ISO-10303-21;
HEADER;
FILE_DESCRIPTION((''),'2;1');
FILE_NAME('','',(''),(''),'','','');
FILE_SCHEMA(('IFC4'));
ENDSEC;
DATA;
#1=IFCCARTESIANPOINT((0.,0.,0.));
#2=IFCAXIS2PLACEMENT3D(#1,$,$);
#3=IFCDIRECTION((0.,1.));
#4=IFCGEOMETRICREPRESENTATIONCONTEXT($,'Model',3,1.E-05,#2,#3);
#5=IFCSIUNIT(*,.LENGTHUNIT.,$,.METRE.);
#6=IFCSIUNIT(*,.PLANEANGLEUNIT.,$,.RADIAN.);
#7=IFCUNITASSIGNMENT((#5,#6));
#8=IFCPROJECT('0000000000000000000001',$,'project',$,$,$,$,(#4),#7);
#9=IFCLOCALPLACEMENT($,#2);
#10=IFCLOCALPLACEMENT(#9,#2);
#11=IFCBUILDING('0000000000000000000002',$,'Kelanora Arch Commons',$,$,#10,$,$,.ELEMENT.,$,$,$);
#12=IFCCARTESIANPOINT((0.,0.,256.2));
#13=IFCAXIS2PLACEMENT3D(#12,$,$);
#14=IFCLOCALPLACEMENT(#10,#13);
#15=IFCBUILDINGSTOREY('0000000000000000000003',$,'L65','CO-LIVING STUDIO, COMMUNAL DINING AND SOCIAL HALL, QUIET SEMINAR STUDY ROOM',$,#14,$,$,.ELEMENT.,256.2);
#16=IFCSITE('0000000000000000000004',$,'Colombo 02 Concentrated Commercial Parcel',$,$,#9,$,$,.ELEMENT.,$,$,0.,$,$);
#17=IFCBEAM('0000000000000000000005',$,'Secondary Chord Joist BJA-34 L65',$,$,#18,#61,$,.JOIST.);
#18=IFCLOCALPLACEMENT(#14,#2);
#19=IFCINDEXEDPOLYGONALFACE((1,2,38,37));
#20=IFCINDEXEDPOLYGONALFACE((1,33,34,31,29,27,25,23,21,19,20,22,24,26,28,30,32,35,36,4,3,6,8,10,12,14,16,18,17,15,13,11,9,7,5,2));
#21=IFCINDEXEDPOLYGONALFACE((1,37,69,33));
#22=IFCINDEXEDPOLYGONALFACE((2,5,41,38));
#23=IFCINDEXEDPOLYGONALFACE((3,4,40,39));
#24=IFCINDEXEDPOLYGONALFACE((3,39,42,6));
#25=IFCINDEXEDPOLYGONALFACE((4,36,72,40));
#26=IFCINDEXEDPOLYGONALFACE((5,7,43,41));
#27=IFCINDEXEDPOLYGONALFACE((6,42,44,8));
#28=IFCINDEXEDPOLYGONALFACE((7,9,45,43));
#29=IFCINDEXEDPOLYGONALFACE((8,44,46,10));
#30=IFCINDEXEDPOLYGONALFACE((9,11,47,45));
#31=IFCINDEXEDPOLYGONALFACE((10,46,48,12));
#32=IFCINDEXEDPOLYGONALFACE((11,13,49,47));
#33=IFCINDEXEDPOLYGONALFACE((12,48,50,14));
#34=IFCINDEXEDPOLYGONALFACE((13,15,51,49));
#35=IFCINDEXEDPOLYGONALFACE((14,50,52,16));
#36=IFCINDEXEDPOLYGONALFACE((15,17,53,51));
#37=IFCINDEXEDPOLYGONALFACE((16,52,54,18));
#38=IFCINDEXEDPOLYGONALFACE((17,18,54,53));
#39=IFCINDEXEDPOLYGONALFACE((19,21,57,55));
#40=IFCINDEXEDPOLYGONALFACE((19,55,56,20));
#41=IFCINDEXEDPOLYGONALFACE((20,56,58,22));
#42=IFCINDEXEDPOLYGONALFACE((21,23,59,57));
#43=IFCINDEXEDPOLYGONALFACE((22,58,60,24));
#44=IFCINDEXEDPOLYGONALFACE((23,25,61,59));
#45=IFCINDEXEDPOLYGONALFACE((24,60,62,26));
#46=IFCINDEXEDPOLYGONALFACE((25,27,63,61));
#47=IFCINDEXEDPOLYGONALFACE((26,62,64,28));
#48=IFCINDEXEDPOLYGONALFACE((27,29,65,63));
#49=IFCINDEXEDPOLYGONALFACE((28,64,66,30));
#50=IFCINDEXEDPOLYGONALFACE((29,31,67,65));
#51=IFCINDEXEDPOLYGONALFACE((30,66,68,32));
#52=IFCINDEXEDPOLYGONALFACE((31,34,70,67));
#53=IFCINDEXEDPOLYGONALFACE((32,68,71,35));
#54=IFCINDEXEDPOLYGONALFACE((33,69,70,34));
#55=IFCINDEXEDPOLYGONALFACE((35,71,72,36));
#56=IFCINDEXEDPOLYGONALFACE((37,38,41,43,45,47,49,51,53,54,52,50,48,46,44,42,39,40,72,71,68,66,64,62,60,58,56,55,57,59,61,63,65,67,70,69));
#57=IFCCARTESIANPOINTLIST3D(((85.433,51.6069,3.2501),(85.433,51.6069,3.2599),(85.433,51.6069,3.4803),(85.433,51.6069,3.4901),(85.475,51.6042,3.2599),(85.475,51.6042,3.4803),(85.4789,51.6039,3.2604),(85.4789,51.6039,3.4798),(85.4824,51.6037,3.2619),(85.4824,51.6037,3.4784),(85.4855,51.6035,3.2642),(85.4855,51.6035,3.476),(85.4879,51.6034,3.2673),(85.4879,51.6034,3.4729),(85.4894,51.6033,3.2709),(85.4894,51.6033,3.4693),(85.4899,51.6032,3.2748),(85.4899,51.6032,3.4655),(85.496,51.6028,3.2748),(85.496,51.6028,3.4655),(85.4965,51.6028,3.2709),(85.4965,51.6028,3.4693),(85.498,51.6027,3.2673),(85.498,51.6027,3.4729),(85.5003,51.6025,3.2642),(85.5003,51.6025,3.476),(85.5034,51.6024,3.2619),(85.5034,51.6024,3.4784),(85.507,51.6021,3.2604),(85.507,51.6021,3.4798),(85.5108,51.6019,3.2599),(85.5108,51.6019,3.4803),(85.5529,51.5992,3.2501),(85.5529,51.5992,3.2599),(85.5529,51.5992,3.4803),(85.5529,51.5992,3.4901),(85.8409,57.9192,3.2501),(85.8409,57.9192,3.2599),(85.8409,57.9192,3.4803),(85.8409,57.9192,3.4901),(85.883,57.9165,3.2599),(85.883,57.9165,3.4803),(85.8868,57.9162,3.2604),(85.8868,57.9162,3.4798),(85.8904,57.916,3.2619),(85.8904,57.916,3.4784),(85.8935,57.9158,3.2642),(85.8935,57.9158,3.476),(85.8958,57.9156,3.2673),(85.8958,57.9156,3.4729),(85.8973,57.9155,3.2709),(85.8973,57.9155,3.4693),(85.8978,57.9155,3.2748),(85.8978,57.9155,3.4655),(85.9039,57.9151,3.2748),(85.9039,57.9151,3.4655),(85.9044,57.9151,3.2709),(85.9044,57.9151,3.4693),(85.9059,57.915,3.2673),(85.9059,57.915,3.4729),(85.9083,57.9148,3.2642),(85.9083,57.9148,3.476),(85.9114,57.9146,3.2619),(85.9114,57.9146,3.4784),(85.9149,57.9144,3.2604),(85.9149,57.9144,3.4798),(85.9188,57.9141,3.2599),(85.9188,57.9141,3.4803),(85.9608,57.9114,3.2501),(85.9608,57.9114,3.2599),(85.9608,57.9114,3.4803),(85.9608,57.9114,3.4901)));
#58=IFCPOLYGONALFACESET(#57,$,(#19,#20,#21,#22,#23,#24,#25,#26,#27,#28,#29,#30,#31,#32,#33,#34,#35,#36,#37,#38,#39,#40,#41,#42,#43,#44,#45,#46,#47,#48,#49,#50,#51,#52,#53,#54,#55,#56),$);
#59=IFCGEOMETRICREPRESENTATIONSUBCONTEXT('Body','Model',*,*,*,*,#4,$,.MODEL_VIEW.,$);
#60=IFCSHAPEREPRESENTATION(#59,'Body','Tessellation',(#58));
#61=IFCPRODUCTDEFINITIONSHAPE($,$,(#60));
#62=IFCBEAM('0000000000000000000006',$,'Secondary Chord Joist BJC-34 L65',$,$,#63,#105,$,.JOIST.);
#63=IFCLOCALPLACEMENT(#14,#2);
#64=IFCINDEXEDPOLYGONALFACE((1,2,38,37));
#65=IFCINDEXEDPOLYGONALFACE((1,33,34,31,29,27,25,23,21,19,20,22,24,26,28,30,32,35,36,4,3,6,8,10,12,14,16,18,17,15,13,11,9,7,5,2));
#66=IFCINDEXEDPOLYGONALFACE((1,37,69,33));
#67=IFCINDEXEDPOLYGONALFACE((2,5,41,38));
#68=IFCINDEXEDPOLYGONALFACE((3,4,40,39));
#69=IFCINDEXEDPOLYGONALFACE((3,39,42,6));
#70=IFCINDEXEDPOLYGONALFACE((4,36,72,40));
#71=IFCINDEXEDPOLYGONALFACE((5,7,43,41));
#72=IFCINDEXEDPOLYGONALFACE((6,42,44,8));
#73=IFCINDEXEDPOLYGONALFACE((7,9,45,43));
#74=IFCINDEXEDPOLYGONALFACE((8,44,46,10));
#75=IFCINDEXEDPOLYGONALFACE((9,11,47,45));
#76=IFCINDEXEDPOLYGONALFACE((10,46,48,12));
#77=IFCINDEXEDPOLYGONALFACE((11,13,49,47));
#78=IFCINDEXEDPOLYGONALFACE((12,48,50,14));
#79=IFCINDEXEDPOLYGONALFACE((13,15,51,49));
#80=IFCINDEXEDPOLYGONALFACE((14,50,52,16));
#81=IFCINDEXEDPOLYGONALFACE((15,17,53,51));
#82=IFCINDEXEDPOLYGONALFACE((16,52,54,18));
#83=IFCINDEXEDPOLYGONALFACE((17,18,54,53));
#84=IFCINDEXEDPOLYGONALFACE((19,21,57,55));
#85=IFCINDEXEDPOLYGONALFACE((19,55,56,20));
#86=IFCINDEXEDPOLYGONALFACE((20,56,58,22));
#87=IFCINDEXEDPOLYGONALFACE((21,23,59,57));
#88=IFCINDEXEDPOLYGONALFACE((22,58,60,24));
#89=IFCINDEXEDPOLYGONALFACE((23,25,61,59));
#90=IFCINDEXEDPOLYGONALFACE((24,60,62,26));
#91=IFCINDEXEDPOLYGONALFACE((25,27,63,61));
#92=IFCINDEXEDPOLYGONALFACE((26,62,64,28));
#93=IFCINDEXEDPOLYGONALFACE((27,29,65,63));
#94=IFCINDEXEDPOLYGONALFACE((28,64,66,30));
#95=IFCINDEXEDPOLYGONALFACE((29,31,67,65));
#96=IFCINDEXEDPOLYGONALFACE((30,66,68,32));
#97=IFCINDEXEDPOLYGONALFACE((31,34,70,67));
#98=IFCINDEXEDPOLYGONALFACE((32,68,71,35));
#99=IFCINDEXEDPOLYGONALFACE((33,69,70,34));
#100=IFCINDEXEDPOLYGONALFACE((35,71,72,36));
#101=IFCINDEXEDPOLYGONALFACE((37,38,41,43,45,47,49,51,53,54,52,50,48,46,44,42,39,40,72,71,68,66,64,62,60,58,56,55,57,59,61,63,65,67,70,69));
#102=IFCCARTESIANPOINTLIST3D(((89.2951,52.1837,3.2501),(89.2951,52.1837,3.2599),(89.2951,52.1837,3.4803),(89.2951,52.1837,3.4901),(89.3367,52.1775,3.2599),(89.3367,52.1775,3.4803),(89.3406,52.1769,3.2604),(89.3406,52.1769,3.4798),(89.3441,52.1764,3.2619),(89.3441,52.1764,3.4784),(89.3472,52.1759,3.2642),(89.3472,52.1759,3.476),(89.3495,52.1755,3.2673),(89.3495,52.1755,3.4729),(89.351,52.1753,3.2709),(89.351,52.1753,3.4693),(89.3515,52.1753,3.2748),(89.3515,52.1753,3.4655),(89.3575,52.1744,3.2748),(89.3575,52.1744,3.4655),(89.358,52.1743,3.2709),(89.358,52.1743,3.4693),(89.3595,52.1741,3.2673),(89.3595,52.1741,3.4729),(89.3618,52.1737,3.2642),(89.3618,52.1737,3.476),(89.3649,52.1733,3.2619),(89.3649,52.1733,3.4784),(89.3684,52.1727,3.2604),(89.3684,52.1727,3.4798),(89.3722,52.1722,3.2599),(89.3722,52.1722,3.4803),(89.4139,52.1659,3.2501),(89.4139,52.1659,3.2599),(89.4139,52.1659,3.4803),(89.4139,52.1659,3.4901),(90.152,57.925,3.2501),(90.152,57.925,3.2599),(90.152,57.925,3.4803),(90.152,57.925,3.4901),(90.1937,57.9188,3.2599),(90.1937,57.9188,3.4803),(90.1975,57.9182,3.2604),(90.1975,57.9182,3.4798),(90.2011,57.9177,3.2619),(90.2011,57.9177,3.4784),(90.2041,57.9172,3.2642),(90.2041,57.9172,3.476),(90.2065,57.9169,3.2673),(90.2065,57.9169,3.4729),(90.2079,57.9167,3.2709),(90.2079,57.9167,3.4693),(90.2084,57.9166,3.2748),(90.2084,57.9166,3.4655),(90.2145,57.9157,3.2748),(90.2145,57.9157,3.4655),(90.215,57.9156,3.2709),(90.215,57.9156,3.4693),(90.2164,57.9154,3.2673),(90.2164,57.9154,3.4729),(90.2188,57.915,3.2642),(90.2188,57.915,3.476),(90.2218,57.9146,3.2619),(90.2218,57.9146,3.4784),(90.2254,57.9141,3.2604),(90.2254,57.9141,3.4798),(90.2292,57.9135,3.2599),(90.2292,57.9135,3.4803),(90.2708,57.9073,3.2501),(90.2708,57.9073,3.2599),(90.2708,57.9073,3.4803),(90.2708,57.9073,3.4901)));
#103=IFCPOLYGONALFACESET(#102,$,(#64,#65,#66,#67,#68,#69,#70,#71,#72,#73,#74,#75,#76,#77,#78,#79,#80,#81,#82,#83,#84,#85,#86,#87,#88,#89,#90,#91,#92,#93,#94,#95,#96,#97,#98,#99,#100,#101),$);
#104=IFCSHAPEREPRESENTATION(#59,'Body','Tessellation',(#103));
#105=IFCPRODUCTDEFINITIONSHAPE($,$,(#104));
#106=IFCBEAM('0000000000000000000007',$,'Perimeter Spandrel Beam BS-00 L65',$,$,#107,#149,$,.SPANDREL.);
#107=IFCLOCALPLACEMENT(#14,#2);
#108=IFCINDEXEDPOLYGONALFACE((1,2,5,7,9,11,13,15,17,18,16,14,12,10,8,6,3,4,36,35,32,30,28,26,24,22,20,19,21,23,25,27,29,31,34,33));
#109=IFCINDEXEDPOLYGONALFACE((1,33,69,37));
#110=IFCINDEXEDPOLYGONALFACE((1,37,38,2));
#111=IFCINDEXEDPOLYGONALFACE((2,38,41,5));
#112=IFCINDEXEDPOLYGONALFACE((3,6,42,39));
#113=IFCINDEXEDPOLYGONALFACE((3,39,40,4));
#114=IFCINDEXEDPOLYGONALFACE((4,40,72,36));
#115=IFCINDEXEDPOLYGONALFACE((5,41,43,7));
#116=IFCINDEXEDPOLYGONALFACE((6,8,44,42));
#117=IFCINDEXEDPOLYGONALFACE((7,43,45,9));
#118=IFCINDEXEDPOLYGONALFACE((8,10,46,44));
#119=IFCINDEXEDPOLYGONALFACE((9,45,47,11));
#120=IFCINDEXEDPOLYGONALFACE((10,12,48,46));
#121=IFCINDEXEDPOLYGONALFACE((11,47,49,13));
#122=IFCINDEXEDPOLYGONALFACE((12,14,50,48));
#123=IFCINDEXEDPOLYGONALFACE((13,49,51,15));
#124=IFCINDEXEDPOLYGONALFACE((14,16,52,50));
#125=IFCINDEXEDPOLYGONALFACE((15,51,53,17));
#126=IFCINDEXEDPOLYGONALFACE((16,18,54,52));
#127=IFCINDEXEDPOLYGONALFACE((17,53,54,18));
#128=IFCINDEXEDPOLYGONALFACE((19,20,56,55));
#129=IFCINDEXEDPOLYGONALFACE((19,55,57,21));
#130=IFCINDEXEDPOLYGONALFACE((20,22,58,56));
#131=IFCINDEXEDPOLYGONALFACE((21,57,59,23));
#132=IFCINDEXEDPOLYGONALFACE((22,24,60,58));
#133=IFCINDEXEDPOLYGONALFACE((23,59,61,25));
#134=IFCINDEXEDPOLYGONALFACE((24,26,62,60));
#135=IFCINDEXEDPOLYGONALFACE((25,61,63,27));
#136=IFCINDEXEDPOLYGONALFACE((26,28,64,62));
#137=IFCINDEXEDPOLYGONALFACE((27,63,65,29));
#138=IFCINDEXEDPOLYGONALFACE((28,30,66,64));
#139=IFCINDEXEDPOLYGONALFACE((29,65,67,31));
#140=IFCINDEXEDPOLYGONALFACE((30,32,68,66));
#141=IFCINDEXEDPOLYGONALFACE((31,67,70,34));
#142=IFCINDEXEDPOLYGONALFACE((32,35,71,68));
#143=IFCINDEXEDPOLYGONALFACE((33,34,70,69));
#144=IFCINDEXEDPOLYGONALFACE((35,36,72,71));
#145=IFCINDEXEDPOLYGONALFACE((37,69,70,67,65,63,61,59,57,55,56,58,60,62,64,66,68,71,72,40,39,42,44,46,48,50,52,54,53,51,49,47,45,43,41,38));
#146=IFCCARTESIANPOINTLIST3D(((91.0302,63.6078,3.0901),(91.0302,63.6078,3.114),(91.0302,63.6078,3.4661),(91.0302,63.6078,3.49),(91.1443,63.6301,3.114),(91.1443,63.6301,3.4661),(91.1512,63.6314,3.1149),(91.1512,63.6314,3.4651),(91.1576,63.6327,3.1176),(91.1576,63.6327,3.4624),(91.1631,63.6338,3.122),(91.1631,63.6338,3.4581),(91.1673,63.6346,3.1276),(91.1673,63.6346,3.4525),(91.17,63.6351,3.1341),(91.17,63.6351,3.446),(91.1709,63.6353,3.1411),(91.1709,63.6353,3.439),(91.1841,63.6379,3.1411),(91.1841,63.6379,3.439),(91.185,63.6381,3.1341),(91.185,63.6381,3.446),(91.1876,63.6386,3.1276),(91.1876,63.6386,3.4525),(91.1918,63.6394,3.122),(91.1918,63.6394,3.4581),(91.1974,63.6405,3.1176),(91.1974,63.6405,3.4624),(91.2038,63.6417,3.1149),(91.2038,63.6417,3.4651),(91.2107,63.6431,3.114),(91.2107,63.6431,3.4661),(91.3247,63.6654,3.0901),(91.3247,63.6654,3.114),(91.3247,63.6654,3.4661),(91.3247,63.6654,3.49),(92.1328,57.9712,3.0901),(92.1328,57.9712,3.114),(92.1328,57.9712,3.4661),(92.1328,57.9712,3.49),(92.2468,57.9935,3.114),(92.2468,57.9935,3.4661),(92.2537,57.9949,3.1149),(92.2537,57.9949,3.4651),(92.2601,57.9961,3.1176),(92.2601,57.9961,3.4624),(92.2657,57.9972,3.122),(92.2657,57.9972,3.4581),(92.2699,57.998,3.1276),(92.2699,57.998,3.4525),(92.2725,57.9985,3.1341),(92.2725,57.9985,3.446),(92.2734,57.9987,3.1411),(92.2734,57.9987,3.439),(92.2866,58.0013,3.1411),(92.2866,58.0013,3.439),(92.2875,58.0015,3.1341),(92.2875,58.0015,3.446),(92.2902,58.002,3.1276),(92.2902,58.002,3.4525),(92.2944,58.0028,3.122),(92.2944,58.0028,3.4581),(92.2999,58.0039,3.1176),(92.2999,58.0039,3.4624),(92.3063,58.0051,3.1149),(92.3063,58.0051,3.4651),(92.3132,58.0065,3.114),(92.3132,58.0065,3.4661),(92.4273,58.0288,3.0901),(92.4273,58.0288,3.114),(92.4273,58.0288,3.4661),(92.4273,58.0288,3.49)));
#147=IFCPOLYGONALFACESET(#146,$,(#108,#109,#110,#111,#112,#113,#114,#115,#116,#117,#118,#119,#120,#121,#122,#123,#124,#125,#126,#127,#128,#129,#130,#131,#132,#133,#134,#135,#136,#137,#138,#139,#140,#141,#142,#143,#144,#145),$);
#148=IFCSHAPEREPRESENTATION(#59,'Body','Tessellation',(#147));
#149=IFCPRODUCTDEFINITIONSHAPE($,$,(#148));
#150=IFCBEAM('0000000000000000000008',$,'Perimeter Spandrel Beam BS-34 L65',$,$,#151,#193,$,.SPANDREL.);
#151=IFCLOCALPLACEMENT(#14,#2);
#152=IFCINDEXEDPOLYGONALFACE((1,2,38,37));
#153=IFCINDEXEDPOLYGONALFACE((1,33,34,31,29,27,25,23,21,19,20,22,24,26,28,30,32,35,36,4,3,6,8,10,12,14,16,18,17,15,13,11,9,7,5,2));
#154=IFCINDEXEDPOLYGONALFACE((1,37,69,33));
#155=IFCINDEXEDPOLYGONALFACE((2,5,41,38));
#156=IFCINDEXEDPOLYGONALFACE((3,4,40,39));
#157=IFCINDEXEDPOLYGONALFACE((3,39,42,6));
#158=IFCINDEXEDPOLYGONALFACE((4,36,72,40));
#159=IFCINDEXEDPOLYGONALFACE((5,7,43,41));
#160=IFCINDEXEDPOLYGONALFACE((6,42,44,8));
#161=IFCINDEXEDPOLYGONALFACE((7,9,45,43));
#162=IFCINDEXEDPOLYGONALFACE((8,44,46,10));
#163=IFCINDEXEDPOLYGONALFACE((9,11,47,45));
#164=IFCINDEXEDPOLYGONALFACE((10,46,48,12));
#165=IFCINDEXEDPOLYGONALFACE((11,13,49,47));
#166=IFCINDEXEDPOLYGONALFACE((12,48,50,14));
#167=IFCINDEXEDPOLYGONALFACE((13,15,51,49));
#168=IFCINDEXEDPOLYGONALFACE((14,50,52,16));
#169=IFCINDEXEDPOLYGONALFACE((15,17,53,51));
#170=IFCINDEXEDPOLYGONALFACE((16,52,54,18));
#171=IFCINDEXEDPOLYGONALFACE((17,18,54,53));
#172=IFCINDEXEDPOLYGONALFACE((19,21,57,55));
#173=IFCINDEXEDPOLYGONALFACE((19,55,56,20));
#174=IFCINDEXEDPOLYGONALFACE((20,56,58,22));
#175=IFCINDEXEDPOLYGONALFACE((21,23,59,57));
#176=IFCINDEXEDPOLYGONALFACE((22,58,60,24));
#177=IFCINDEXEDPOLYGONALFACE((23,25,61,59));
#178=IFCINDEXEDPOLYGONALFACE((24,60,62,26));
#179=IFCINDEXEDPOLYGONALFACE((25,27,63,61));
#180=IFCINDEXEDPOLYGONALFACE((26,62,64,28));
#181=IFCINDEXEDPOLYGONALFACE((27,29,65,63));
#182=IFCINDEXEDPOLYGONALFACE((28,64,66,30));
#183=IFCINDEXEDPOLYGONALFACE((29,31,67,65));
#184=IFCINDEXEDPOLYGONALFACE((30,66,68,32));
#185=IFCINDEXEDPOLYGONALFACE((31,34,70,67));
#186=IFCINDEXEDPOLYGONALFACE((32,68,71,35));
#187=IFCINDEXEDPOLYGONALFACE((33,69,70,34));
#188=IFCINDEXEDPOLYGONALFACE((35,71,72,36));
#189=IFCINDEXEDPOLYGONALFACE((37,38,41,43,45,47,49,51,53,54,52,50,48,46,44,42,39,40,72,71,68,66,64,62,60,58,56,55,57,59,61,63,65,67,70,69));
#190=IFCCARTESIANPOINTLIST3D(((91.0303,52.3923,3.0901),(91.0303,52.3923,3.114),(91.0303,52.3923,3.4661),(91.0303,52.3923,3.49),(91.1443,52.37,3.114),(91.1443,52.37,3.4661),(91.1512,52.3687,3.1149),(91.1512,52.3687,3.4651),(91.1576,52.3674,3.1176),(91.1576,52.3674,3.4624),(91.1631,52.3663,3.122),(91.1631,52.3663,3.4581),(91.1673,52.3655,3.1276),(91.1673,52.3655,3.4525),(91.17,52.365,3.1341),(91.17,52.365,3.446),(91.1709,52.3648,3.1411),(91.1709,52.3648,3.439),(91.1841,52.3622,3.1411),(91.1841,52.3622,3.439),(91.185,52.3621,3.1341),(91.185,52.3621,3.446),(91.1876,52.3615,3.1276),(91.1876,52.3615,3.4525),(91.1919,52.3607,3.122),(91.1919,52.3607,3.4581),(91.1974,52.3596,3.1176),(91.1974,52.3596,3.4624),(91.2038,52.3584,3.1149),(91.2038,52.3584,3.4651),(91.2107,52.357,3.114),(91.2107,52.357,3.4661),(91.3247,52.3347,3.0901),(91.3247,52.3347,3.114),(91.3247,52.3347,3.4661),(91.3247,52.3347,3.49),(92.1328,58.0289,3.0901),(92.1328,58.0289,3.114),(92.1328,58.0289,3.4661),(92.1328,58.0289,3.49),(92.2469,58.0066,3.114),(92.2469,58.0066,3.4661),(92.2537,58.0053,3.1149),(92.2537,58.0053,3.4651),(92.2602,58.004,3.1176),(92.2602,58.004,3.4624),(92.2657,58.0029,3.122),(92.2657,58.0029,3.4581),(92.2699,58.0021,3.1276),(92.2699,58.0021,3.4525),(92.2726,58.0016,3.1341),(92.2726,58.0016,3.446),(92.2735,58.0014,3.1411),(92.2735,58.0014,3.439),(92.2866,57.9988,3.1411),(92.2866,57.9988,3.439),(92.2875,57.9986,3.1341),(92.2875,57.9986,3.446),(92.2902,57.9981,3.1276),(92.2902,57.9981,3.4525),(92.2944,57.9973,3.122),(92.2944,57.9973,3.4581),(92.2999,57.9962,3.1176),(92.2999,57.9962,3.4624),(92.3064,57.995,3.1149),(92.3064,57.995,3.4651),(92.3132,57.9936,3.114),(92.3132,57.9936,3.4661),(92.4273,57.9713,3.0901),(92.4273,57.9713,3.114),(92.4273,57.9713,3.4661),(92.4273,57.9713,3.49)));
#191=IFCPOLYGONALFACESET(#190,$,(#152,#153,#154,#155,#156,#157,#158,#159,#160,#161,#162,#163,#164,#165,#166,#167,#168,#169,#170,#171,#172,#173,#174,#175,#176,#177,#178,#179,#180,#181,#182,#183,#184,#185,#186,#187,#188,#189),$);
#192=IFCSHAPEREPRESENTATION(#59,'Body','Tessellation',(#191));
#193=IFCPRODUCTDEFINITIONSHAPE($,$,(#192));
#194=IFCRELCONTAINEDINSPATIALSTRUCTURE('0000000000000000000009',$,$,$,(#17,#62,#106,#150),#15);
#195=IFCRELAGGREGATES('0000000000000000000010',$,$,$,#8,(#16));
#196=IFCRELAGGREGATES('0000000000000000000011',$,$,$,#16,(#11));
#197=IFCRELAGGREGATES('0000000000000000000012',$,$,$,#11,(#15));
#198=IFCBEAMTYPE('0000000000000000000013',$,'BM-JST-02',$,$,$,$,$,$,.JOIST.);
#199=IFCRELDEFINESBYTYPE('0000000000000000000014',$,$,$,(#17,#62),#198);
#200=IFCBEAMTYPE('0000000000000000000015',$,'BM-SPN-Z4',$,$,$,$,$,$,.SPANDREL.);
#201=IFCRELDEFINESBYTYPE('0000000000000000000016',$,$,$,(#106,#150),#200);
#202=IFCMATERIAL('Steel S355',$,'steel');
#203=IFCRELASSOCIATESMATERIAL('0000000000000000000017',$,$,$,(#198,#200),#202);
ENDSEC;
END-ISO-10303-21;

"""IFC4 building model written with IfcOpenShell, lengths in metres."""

from ifc_helpers import new_model, si_unit, direction, frame, origin, origin_2d, place, context, subcontext, project, spatial, i_section, extrude, material, material_profile, profile_set, type_object, element, save


model = new_model("IFC4")

# Units and contexts
model_context = context("Model", 3, precision=1e-05, world=origin(), true_north=direction((0.0, 1.0)))
body_context = subcontext(model_context, "Body", "Model", "MODEL_VIEW")
ifc_project = project(units=[si_unit("LENGTHUNIT", "METRE"), si_unit("PLANEANGLEUNIT", "RADIAN")], contexts=[model_context])

# Site, building, storey
site_placement = place(None, origin())
site = spatial("IfcSite", under=ifc_project, at=site_placement, Name="Colombo 02 Concentrated Commercial Parcel", CompositionType="ELEMENT", RefElevation=0.0)
building_placement = place(site_placement, origin())
building = spatial("IfcBuilding", under=site, at=building_placement, Name="Kelanora Arch Commons", CompositionType="ELEMENT")
storey_placement = place(building_placement, frame((0.0, 0.0, 256.2)))
storey = spatial("IfcBuildingStorey", under=building, at=storey_placement, Name="L65", Description="CO-LIVING STUDIO, COMMUNAL DINING AND SOCIAL HALL, QUIET SEMINAR STUDY ROOM", CompositionType="ELEMENT", Elevation=256.2)

# Beams
ifc_material_1 = material(Name="Steel S355", Category="steel")
ifc_material_profile_1 = material_profile(ifc_material_1, i_section(OverallWidth=0.1201, OverallDepth=0.24, WebThickness=0.0061, FlangeThickness=0.0098, FilletRadius=0.0149, at=origin_2d()), Name="IPE240")
ifc_profile_set_1 = profile_set([ifc_material_profile_1], Name="Steel S355")
beam_type_1 = type_object("IfcBeamType", Name="BM-JST-02", PredefinedType="JOIST", material=ifc_profile_set_1)
beam_1_placement = place(storey_placement, frame((85.4929, 51.603, 3.3701), z_axis=(0.064495, 0.997918, 0.0), x_axis=(-0.997918, 0.064495, 0.0)))
element("IfcBeam", 1, at=beam_1_placement, inside=storey, type_object=beam_type_1, Name="Secondary Chord Joist BJA-34 L65", PredefinedType="JOIST", context=body_context, shape_type="SweptSolid", body=[
    extrude(i_section(OverallWidth=0.1201, OverallDepth=0.24, WebThickness=0.0061, FlangeThickness=0.0098, FilletRadius=0.0149, at=origin_2d()), origin(), (0.0, 0.0, 1.0), 6.3254),
])
beam_2_placement = place(storey_placement, frame((89.3545, 52.1748, 3.3701), z_axis=(0.147625, 0.989043, 0.0), x_axis=(-0.989043, 0.147625, 0.0)))
element("IfcBeam", 2, at=beam_2_placement, inside=storey, type_object=beam_type_1, Name="Secondary Chord Joist BJC-34 L65", PredefinedType="JOIST", context=body_context, shape_type="SweptSolid", body=[
    extrude(i_section(OverallWidth=0.1201, OverallDepth=0.24, WebThickness=0.0061, FlangeThickness=0.0098, FilletRadius=0.0149, at=origin_2d()), origin(), (0.0, 0.0, 1.0), 5.8049),
])
ifc_material_profile_2 = material_profile(ifc_material_1, i_section(OverallWidth=0.3, OverallDepth=0.3999, WebThickness=0.0134, FlangeThickness=0.0239, FilletRadius=0.0271, at=origin_2d()), Name="HEB400")
ifc_profile_set_2 = profile_set([ifc_material_profile_2], Name="Steel S355")
beam_type_2 = type_object("IfcBeamType", Name="BM-SPN-Z4", PredefinedType="SPANDREL", material=ifc_profile_set_2)
for number, where, z_axis, x_axis, name in (
    (3, (92.28, 58.0, 3.29), (-0.19197, 0.981401, 0.0), (-0.981401, -0.19197, 0.0), "Perimeter Spandrel Beam BS-00 L65"),
    (4, (91.1775, 52.3635, 3.29), (0.19197, 0.981401, 0.0), (-0.981401, 0.19197, 0.0), "Perimeter Spandrel Beam BS-34 L65"),
):
    element("IfcBeam", number, at=place(storey_placement, frame(where, z_axis=z_axis, x_axis=x_axis)), inside=storey, type_object=beam_type_2, Name=name, PredefinedType="SPANDREL", context=body_context, shape_type="SweptSolid", body=[
        extrude(i_section(OverallWidth=0.3, OverallDepth=0.3999, WebThickness=0.0134, FlangeThickness=0.0239, FilletRadius=0.0271, at=origin_2d()), origin(), (0.0, 0.0, 1.0), 5.7434),
    ])

save(model, "model.ifc")
